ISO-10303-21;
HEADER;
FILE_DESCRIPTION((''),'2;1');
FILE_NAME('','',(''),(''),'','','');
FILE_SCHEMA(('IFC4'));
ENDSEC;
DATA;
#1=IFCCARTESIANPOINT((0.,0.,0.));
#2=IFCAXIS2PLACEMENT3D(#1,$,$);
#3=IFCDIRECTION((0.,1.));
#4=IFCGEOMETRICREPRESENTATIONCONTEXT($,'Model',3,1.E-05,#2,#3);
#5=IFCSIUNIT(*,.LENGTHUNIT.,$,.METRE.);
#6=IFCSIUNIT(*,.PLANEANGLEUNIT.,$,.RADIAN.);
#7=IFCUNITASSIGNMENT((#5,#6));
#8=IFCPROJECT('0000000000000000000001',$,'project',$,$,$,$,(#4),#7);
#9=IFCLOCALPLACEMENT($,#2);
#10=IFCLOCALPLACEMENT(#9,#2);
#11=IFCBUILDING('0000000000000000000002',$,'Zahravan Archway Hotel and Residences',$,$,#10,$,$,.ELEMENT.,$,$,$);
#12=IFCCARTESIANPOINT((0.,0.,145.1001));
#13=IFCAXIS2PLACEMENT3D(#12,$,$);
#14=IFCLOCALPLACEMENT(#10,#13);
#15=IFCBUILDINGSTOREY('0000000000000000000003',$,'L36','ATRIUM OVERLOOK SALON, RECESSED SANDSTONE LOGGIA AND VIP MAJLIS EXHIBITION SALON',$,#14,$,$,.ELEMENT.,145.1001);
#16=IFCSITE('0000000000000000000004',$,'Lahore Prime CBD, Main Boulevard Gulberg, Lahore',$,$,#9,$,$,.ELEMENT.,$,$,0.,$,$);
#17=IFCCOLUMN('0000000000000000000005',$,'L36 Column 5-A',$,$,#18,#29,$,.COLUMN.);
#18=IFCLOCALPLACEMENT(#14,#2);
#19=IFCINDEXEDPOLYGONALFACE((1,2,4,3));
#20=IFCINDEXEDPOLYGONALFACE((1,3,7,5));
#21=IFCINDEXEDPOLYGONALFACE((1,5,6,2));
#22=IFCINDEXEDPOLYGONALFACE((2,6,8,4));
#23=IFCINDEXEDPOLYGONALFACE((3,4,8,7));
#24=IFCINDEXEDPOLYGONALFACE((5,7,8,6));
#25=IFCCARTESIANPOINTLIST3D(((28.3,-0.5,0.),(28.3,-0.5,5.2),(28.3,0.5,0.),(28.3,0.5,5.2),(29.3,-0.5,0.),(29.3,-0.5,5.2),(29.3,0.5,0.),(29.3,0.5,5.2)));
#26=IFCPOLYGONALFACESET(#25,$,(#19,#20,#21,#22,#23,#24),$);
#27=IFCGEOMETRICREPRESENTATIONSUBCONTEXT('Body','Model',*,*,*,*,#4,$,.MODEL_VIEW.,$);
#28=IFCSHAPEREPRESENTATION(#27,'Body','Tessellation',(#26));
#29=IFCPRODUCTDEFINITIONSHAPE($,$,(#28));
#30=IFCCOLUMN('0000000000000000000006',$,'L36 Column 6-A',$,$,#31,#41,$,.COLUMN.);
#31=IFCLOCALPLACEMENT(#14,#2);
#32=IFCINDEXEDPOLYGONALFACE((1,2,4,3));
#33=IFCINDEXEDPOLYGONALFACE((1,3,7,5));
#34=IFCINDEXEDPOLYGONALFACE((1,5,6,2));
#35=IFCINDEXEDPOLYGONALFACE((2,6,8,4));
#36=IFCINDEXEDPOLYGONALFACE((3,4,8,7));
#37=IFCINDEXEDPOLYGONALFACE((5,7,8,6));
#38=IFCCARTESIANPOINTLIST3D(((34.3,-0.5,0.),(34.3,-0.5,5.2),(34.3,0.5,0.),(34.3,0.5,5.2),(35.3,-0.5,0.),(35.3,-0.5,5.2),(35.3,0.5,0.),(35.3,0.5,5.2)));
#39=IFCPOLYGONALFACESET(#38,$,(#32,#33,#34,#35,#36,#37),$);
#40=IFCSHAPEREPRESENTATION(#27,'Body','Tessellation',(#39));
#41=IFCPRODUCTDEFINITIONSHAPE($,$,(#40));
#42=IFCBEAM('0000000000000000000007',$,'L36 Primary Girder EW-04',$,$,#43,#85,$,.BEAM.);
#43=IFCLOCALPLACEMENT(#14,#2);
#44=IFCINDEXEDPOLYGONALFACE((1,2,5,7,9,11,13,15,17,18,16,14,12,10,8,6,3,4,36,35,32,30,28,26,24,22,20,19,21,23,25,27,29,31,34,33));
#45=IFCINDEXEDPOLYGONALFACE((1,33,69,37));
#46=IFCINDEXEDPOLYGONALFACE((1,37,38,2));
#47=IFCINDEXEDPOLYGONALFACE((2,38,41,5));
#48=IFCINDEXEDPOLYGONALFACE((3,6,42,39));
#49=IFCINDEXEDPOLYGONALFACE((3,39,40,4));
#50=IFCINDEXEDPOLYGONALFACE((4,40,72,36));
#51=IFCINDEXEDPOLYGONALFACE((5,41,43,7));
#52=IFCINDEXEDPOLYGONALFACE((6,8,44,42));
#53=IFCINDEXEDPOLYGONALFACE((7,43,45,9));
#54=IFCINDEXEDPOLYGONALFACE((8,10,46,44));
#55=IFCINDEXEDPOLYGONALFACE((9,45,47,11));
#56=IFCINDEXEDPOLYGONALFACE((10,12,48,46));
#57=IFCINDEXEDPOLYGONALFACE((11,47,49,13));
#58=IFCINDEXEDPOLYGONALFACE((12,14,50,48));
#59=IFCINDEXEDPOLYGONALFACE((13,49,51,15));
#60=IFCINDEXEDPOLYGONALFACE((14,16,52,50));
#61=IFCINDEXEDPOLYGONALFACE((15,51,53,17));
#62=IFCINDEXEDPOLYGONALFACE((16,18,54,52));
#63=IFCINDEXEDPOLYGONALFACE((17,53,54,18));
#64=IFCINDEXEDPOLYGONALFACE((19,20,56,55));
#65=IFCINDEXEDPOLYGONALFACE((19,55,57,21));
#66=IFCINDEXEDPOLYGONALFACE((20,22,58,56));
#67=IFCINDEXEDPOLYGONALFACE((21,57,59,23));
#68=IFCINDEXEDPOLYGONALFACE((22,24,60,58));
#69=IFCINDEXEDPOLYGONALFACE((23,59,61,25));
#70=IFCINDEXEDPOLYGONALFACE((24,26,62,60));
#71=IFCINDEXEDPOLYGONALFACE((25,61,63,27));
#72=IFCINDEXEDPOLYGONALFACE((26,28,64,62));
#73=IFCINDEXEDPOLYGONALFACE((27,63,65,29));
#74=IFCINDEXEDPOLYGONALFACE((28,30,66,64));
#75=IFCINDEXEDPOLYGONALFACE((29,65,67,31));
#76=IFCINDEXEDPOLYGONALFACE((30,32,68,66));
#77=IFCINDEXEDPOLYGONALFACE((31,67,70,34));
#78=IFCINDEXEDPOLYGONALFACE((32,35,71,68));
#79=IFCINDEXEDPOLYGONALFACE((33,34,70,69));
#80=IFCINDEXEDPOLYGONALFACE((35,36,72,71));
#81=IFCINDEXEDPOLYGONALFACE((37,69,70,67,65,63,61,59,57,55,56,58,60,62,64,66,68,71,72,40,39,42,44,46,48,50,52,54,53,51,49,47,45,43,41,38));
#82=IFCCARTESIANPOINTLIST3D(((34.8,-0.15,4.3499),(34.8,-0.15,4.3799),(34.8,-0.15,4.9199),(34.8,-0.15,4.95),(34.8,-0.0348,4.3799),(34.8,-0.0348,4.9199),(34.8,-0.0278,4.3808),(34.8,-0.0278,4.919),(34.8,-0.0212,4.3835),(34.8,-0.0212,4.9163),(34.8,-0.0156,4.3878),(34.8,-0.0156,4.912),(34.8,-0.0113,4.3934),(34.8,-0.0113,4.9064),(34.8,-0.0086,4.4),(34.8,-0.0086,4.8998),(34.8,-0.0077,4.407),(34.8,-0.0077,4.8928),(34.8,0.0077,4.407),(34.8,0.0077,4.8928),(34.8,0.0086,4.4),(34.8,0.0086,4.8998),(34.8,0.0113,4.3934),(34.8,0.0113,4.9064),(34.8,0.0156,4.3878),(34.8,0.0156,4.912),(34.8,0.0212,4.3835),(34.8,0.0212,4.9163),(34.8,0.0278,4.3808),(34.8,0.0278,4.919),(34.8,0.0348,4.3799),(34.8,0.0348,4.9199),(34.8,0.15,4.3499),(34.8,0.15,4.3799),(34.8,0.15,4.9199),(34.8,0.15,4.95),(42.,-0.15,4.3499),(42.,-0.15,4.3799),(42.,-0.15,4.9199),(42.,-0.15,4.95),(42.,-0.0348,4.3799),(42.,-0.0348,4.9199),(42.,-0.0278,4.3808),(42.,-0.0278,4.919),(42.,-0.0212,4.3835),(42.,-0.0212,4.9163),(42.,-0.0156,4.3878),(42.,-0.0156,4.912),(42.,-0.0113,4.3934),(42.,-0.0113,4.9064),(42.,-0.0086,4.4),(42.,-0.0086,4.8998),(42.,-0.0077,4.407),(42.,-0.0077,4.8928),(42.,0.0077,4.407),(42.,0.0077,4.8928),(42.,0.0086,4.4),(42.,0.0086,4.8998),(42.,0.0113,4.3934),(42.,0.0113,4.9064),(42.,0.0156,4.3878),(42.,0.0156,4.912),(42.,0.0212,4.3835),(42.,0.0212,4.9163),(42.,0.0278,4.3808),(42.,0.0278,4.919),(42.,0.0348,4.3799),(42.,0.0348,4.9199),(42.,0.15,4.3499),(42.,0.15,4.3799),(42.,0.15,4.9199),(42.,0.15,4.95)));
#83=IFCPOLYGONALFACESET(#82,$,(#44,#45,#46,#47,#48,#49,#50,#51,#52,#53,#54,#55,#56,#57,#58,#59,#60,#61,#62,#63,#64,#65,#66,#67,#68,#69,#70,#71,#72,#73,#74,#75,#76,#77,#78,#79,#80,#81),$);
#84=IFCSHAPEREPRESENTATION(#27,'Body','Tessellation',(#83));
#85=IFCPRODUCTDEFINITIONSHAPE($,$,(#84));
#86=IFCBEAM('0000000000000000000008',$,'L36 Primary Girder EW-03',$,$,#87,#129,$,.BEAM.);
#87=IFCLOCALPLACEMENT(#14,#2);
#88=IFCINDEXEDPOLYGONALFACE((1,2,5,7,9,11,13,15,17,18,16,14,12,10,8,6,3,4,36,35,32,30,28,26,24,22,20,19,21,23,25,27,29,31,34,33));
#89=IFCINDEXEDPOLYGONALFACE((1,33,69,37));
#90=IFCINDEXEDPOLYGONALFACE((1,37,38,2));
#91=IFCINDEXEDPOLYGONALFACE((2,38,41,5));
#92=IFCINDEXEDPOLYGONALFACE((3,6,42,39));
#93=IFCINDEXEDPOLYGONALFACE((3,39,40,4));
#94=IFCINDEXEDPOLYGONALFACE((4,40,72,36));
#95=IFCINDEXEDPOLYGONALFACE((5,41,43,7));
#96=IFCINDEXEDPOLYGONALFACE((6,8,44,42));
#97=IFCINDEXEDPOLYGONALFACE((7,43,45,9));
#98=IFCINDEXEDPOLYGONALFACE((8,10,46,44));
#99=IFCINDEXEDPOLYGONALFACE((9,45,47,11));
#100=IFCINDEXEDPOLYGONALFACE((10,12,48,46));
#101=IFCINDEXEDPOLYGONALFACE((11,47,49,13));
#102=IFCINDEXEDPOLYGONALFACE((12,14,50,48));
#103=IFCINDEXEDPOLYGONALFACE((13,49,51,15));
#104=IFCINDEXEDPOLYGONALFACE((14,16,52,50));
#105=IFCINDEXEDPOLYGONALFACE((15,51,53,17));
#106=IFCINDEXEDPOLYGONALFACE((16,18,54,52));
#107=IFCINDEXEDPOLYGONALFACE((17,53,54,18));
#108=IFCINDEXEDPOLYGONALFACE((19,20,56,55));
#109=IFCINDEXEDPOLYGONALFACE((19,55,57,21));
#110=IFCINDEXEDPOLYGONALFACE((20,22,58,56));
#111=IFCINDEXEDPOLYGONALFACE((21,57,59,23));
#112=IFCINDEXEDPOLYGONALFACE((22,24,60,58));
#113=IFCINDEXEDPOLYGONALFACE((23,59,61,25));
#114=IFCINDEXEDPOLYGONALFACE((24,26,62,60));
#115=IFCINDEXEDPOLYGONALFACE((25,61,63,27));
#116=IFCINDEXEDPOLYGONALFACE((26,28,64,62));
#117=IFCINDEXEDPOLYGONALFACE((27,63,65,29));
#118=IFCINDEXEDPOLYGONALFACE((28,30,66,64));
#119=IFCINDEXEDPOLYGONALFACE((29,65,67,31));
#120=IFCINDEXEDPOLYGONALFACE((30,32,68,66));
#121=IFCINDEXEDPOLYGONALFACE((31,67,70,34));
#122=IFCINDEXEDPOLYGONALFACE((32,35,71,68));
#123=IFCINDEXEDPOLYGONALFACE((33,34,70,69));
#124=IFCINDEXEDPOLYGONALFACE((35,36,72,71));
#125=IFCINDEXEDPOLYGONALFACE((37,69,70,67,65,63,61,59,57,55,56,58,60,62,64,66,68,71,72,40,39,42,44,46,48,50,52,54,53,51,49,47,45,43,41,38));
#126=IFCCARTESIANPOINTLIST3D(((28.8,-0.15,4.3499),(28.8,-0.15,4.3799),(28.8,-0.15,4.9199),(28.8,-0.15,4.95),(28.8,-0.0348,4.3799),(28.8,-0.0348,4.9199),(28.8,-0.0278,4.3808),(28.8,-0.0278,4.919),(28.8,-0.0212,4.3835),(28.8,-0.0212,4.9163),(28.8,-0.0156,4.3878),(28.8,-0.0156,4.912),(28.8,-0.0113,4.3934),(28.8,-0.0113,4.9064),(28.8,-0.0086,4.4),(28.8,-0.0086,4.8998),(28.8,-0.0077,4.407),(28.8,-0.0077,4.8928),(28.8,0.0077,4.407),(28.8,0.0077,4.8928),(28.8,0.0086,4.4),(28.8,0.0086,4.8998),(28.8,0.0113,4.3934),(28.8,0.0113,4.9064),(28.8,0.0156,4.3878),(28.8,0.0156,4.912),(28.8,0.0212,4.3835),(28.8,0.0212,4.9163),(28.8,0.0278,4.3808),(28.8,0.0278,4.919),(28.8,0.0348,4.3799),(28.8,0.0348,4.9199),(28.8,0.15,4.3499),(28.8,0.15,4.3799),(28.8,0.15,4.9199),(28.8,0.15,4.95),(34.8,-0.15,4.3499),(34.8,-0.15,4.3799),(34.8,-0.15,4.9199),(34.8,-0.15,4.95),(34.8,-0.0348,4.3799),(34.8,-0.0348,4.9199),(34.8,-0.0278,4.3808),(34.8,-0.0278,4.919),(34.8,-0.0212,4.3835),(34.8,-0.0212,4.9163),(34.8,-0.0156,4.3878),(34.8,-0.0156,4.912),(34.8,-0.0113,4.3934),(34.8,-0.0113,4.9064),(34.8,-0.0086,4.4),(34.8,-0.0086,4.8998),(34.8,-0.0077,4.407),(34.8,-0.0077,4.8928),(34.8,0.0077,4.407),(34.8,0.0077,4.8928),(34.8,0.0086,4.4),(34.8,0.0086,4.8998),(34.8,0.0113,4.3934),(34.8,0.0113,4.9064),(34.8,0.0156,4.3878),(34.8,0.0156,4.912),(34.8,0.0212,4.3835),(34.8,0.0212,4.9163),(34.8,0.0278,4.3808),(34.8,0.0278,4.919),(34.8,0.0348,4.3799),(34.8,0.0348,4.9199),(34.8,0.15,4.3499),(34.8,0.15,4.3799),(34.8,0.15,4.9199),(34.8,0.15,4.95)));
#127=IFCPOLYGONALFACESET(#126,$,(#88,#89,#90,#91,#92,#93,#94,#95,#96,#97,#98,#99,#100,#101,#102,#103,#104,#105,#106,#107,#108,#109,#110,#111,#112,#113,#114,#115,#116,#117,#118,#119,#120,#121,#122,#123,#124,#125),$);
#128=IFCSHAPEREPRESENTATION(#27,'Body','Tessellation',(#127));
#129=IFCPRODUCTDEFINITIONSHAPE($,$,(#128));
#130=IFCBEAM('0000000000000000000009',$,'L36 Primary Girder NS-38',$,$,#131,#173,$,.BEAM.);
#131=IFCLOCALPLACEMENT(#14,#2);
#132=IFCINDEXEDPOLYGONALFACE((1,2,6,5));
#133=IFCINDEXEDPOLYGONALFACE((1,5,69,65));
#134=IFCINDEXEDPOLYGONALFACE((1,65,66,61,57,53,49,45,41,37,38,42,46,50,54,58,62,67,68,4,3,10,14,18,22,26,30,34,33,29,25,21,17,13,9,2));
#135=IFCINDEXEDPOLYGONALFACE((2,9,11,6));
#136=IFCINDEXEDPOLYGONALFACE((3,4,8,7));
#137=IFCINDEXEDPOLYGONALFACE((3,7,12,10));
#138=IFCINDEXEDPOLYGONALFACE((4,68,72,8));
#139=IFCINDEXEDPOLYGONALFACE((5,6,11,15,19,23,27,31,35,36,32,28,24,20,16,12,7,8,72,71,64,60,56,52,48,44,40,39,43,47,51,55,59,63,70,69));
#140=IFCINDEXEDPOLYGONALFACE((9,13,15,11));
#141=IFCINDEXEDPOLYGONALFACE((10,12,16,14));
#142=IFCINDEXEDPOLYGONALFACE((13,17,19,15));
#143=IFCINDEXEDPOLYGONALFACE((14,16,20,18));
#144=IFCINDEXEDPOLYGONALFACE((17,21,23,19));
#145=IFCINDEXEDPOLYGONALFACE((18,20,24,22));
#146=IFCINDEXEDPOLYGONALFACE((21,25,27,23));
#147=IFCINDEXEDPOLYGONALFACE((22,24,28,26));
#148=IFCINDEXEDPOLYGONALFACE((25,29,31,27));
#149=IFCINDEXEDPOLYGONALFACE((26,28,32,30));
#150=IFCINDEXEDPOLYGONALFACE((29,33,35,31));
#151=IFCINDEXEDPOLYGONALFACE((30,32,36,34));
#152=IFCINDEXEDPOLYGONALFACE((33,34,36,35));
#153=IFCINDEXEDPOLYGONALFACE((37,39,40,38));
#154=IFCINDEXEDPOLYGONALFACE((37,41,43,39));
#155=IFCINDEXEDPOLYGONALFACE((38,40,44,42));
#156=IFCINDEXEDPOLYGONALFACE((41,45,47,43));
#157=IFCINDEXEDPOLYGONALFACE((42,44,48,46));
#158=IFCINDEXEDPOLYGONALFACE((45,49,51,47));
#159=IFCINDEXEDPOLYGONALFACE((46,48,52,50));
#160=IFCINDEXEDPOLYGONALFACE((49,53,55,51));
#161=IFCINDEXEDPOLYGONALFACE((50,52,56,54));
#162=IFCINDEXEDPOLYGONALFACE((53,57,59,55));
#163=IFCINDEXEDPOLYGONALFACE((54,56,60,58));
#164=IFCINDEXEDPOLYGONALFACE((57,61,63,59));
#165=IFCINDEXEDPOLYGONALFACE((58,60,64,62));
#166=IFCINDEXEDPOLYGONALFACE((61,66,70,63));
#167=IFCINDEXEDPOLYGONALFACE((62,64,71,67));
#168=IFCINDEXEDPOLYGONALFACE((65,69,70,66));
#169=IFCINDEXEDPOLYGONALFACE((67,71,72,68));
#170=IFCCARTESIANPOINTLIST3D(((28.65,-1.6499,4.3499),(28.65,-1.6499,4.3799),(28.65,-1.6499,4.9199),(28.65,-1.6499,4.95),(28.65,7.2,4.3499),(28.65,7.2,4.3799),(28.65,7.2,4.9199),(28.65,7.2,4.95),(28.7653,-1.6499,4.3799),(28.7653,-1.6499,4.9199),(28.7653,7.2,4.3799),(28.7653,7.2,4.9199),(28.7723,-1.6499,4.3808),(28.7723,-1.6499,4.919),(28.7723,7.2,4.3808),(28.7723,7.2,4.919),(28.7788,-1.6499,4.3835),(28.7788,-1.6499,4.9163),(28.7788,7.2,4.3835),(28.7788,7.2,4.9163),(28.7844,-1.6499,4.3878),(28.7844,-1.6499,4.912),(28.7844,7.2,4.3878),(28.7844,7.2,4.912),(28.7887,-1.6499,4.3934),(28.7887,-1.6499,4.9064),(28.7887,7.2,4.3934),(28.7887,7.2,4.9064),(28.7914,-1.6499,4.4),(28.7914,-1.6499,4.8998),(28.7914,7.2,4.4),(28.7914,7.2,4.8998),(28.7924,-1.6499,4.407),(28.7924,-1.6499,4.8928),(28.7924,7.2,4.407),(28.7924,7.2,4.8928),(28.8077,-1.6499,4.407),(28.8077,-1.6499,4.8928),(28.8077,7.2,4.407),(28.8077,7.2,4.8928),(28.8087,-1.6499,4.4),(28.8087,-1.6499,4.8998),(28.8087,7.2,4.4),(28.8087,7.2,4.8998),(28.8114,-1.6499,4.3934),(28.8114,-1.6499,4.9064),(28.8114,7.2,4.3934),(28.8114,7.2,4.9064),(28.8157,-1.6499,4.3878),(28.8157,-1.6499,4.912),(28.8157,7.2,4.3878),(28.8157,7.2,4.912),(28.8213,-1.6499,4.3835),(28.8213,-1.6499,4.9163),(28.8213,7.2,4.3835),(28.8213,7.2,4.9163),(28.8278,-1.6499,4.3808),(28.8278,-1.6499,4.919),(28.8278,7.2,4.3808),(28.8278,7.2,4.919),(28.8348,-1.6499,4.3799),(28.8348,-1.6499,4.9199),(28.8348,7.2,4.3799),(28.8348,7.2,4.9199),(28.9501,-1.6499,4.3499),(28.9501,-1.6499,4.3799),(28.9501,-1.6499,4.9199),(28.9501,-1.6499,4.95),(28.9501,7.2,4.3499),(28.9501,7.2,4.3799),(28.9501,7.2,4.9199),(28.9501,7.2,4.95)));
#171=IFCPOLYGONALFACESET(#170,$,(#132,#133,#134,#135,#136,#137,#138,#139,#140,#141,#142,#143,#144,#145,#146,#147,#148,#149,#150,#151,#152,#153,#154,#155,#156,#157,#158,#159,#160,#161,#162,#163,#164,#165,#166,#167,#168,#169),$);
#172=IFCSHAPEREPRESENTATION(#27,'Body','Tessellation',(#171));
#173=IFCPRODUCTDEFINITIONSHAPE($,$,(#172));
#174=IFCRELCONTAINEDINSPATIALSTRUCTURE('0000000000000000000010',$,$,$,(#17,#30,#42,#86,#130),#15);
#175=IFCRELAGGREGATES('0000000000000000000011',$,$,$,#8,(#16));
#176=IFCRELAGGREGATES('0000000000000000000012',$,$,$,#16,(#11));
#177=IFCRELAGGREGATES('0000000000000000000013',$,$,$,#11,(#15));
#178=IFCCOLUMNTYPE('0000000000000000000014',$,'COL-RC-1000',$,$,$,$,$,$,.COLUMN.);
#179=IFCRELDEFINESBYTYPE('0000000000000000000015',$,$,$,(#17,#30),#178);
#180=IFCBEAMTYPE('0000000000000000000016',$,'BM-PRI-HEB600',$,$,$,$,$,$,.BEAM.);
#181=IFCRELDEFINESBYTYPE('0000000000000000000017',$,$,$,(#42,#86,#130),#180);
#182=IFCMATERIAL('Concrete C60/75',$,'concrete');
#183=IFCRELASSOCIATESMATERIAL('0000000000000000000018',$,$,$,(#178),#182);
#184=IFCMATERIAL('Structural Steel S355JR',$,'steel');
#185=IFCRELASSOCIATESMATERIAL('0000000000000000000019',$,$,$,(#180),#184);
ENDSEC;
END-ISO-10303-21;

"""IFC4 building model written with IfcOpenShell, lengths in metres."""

from ifc_helpers import new_model, si_unit, direction, frame, origin, origin_2d, place, context, subcontext, project, spatial, rectangle, i_section, extrude, source, transform, mapped, material, material_profile, profile_set, type_object, element, save


model = new_model("IFC4")

# Units and contexts
model_context = context("Model", 3, precision=1e-05, world=origin(), true_north=direction((0.0, 1.0)))
body_context = subcontext(model_context, "Body", "Model", "MODEL_VIEW")
ifc_project = project(units=[si_unit("LENGTHUNIT", "METRE"), si_unit("PLANEANGLEUNIT", "RADIAN")], contexts=[model_context])

# Site, building, storey
site_placement = place(None, origin())
site = spatial("IfcSite", under=ifc_project, at=site_placement, Name="Lahore Prime CBD, Main Boulevard Gulberg, Lahore", CompositionType="ELEMENT", RefElevation=0.0)
building_placement = place(site_placement, origin())
building = spatial("IfcBuilding", under=site, at=building_placement, Name="Zahravan Archway Hotel and Residences", CompositionType="ELEMENT")
storey_placement = place(building_placement, frame((0.0, 0.0, 145.1001)))
storey = spatial("IfcBuildingStorey", under=building, at=storey_placement, Name="L36", Description="ATRIUM OVERLOOK SALON, RECESSED SANDSTONE LOGGIA AND VIP MAJLIS EXHIBITION SALON", CompositionType="ELEMENT", Elevation=145.1001)

# Columns
ifc_material_1 = material(Name="Concrete C60/75", Category="concrete")
ifc_material_profile_1 = material_profile(ifc_material_1, rectangle(XDim=1.0, YDim=1.0, at=origin_2d()), Name="RC-COL-1000x1000", Category="concrete")
ifc_profile_set_1 = profile_set([ifc_material_profile_1], Name="Concrete C60/75")
column_type = type_object("IfcColumnType", Name="COL-RC-1000", PredefinedType="COLUMN", material=ifc_profile_set_1)
shared_shape_1 = source(origin(), body_context, "Body", "SweptSolid", [
    extrude(rectangle(XDim=1.0, YDim=1.0, at=origin_2d()), origin(), (0.0, 0.0, 1.0), 5.2),
])
for number, where, z_axis, x_axis, name in (
    (1, (28.8, 0.0, 0.0), (0.0, 0.0, 1.0), (1.0, 0.0, 0.0), "L36 Column 5-A"),
    (2, (34.8, 0.0, 0.0), (0.0, 0.0, 1.0), (1.0, 0.0, 0.0), "L36 Column 6-A"),
):
    element("IfcColumn", number, at=place(storey_placement, frame(where, z_axis=z_axis, x_axis=x_axis)), inside=storey, type_object=column_type, Name=name, PredefinedType="COLUMN", context=body_context, shape_type="MappedRepresentation", body=[
        mapped(shared_shape_1, transform((0.0, 0.0, 0.0), scale=1.0)),
    ])

# Beams
ifc_material_2 = material(Name="Structural Steel S355JR", Category="steel")
ifc_material_profile_2 = material_profile(ifc_material_2, i_section(OverallWidth=0.3, OverallDepth=0.6001, WebThickness=0.0154, FlangeThickness=0.03, FilletRadius=0.0271, at=origin_2d()), Name="HEB 600", Category="steel")
ifc_profile_set_2 = profile_set([ifc_material_profile_2], Name="Structural Steel S355JR")
beam_type_1 = type_object("IfcBeamType", Name="BM-PRI-HEB600", PredefinedType="BEAM", material=ifc_profile_set_2)
shared_shape_2 = source(origin(), body_context, "Body", "SweptSolid", [
    extrude(i_section(OverallWidth=0.3, OverallDepth=0.6001, WebThickness=0.0154, FlangeThickness=0.03, FilletRadius=0.0271, at=origin_2d()), origin(), (0.0, 0.0, 1.0), 7.2),
])
beam_1_placement = place(storey_placement, frame((34.8, 0.0, 4.6499), z_axis=(1.0, 0.0, 0.0), x_axis=(0.0, 1.0, 0.0)))
element("IfcBeam", 3, at=beam_1_placement, inside=storey, type_object=beam_type_1, Name="L36 Primary Girder EW-04", PredefinedType="BEAM", context=body_context, shape_type="MappedRepresentation", body=[
    mapped(shared_shape_2, transform((0.0, 0.0, 0.0), scale=1.0)),
])
shared_shape_3 = source(origin(), body_context, "Body", "SweptSolid", [
    extrude(i_section(OverallWidth=0.3, OverallDepth=0.6001, WebThickness=0.0154, FlangeThickness=0.03, FilletRadius=0.0271, at=origin_2d()), origin(), (0.0, 0.0, 1.0), 6.0),
])
beam_2_placement = place(storey_placement, frame((28.8, 0.0, 4.6499), z_axis=(1.0, 0.0, 0.0), x_axis=(0.0, 1.0, 0.0)))
element("IfcBeam", 4, at=beam_2_placement, inside=storey, type_object=beam_type_1, Name="L36 Primary Girder EW-03", PredefinedType="BEAM", context=body_context, shape_type="MappedRepresentation", body=[
    mapped(shared_shape_3, transform((0.0, 0.0, 0.0), scale=1.0)),
])
shared_shape_4 = source(origin(), body_context, "Body", "SweptSolid", [
    extrude(i_section(OverallWidth=0.3, OverallDepth=0.6001, WebThickness=0.0154, FlangeThickness=0.03, FilletRadius=0.0271, at=origin_2d()), origin(), (0.0, 0.0, 1.0), 8.8499),
])
beam_3_placement = place(storey_placement, frame((28.8, -1.6499, 4.6499), z_axis=(0.0, 1.0, 0.0), x_axis=(-1.0, 0.0, 0.0)))
element("IfcBeam", 5, at=beam_3_placement, inside=storey, type_object=beam_type_1, Name="L36 Primary Girder NS-38", PredefinedType="BEAM", context=body_context, shape_type="MappedRepresentation", body=[
    mapped(shared_shape_4, transform((0.0, 0.0, 0.0), scale=1.0)),
])

save(model, "model.ifc")
